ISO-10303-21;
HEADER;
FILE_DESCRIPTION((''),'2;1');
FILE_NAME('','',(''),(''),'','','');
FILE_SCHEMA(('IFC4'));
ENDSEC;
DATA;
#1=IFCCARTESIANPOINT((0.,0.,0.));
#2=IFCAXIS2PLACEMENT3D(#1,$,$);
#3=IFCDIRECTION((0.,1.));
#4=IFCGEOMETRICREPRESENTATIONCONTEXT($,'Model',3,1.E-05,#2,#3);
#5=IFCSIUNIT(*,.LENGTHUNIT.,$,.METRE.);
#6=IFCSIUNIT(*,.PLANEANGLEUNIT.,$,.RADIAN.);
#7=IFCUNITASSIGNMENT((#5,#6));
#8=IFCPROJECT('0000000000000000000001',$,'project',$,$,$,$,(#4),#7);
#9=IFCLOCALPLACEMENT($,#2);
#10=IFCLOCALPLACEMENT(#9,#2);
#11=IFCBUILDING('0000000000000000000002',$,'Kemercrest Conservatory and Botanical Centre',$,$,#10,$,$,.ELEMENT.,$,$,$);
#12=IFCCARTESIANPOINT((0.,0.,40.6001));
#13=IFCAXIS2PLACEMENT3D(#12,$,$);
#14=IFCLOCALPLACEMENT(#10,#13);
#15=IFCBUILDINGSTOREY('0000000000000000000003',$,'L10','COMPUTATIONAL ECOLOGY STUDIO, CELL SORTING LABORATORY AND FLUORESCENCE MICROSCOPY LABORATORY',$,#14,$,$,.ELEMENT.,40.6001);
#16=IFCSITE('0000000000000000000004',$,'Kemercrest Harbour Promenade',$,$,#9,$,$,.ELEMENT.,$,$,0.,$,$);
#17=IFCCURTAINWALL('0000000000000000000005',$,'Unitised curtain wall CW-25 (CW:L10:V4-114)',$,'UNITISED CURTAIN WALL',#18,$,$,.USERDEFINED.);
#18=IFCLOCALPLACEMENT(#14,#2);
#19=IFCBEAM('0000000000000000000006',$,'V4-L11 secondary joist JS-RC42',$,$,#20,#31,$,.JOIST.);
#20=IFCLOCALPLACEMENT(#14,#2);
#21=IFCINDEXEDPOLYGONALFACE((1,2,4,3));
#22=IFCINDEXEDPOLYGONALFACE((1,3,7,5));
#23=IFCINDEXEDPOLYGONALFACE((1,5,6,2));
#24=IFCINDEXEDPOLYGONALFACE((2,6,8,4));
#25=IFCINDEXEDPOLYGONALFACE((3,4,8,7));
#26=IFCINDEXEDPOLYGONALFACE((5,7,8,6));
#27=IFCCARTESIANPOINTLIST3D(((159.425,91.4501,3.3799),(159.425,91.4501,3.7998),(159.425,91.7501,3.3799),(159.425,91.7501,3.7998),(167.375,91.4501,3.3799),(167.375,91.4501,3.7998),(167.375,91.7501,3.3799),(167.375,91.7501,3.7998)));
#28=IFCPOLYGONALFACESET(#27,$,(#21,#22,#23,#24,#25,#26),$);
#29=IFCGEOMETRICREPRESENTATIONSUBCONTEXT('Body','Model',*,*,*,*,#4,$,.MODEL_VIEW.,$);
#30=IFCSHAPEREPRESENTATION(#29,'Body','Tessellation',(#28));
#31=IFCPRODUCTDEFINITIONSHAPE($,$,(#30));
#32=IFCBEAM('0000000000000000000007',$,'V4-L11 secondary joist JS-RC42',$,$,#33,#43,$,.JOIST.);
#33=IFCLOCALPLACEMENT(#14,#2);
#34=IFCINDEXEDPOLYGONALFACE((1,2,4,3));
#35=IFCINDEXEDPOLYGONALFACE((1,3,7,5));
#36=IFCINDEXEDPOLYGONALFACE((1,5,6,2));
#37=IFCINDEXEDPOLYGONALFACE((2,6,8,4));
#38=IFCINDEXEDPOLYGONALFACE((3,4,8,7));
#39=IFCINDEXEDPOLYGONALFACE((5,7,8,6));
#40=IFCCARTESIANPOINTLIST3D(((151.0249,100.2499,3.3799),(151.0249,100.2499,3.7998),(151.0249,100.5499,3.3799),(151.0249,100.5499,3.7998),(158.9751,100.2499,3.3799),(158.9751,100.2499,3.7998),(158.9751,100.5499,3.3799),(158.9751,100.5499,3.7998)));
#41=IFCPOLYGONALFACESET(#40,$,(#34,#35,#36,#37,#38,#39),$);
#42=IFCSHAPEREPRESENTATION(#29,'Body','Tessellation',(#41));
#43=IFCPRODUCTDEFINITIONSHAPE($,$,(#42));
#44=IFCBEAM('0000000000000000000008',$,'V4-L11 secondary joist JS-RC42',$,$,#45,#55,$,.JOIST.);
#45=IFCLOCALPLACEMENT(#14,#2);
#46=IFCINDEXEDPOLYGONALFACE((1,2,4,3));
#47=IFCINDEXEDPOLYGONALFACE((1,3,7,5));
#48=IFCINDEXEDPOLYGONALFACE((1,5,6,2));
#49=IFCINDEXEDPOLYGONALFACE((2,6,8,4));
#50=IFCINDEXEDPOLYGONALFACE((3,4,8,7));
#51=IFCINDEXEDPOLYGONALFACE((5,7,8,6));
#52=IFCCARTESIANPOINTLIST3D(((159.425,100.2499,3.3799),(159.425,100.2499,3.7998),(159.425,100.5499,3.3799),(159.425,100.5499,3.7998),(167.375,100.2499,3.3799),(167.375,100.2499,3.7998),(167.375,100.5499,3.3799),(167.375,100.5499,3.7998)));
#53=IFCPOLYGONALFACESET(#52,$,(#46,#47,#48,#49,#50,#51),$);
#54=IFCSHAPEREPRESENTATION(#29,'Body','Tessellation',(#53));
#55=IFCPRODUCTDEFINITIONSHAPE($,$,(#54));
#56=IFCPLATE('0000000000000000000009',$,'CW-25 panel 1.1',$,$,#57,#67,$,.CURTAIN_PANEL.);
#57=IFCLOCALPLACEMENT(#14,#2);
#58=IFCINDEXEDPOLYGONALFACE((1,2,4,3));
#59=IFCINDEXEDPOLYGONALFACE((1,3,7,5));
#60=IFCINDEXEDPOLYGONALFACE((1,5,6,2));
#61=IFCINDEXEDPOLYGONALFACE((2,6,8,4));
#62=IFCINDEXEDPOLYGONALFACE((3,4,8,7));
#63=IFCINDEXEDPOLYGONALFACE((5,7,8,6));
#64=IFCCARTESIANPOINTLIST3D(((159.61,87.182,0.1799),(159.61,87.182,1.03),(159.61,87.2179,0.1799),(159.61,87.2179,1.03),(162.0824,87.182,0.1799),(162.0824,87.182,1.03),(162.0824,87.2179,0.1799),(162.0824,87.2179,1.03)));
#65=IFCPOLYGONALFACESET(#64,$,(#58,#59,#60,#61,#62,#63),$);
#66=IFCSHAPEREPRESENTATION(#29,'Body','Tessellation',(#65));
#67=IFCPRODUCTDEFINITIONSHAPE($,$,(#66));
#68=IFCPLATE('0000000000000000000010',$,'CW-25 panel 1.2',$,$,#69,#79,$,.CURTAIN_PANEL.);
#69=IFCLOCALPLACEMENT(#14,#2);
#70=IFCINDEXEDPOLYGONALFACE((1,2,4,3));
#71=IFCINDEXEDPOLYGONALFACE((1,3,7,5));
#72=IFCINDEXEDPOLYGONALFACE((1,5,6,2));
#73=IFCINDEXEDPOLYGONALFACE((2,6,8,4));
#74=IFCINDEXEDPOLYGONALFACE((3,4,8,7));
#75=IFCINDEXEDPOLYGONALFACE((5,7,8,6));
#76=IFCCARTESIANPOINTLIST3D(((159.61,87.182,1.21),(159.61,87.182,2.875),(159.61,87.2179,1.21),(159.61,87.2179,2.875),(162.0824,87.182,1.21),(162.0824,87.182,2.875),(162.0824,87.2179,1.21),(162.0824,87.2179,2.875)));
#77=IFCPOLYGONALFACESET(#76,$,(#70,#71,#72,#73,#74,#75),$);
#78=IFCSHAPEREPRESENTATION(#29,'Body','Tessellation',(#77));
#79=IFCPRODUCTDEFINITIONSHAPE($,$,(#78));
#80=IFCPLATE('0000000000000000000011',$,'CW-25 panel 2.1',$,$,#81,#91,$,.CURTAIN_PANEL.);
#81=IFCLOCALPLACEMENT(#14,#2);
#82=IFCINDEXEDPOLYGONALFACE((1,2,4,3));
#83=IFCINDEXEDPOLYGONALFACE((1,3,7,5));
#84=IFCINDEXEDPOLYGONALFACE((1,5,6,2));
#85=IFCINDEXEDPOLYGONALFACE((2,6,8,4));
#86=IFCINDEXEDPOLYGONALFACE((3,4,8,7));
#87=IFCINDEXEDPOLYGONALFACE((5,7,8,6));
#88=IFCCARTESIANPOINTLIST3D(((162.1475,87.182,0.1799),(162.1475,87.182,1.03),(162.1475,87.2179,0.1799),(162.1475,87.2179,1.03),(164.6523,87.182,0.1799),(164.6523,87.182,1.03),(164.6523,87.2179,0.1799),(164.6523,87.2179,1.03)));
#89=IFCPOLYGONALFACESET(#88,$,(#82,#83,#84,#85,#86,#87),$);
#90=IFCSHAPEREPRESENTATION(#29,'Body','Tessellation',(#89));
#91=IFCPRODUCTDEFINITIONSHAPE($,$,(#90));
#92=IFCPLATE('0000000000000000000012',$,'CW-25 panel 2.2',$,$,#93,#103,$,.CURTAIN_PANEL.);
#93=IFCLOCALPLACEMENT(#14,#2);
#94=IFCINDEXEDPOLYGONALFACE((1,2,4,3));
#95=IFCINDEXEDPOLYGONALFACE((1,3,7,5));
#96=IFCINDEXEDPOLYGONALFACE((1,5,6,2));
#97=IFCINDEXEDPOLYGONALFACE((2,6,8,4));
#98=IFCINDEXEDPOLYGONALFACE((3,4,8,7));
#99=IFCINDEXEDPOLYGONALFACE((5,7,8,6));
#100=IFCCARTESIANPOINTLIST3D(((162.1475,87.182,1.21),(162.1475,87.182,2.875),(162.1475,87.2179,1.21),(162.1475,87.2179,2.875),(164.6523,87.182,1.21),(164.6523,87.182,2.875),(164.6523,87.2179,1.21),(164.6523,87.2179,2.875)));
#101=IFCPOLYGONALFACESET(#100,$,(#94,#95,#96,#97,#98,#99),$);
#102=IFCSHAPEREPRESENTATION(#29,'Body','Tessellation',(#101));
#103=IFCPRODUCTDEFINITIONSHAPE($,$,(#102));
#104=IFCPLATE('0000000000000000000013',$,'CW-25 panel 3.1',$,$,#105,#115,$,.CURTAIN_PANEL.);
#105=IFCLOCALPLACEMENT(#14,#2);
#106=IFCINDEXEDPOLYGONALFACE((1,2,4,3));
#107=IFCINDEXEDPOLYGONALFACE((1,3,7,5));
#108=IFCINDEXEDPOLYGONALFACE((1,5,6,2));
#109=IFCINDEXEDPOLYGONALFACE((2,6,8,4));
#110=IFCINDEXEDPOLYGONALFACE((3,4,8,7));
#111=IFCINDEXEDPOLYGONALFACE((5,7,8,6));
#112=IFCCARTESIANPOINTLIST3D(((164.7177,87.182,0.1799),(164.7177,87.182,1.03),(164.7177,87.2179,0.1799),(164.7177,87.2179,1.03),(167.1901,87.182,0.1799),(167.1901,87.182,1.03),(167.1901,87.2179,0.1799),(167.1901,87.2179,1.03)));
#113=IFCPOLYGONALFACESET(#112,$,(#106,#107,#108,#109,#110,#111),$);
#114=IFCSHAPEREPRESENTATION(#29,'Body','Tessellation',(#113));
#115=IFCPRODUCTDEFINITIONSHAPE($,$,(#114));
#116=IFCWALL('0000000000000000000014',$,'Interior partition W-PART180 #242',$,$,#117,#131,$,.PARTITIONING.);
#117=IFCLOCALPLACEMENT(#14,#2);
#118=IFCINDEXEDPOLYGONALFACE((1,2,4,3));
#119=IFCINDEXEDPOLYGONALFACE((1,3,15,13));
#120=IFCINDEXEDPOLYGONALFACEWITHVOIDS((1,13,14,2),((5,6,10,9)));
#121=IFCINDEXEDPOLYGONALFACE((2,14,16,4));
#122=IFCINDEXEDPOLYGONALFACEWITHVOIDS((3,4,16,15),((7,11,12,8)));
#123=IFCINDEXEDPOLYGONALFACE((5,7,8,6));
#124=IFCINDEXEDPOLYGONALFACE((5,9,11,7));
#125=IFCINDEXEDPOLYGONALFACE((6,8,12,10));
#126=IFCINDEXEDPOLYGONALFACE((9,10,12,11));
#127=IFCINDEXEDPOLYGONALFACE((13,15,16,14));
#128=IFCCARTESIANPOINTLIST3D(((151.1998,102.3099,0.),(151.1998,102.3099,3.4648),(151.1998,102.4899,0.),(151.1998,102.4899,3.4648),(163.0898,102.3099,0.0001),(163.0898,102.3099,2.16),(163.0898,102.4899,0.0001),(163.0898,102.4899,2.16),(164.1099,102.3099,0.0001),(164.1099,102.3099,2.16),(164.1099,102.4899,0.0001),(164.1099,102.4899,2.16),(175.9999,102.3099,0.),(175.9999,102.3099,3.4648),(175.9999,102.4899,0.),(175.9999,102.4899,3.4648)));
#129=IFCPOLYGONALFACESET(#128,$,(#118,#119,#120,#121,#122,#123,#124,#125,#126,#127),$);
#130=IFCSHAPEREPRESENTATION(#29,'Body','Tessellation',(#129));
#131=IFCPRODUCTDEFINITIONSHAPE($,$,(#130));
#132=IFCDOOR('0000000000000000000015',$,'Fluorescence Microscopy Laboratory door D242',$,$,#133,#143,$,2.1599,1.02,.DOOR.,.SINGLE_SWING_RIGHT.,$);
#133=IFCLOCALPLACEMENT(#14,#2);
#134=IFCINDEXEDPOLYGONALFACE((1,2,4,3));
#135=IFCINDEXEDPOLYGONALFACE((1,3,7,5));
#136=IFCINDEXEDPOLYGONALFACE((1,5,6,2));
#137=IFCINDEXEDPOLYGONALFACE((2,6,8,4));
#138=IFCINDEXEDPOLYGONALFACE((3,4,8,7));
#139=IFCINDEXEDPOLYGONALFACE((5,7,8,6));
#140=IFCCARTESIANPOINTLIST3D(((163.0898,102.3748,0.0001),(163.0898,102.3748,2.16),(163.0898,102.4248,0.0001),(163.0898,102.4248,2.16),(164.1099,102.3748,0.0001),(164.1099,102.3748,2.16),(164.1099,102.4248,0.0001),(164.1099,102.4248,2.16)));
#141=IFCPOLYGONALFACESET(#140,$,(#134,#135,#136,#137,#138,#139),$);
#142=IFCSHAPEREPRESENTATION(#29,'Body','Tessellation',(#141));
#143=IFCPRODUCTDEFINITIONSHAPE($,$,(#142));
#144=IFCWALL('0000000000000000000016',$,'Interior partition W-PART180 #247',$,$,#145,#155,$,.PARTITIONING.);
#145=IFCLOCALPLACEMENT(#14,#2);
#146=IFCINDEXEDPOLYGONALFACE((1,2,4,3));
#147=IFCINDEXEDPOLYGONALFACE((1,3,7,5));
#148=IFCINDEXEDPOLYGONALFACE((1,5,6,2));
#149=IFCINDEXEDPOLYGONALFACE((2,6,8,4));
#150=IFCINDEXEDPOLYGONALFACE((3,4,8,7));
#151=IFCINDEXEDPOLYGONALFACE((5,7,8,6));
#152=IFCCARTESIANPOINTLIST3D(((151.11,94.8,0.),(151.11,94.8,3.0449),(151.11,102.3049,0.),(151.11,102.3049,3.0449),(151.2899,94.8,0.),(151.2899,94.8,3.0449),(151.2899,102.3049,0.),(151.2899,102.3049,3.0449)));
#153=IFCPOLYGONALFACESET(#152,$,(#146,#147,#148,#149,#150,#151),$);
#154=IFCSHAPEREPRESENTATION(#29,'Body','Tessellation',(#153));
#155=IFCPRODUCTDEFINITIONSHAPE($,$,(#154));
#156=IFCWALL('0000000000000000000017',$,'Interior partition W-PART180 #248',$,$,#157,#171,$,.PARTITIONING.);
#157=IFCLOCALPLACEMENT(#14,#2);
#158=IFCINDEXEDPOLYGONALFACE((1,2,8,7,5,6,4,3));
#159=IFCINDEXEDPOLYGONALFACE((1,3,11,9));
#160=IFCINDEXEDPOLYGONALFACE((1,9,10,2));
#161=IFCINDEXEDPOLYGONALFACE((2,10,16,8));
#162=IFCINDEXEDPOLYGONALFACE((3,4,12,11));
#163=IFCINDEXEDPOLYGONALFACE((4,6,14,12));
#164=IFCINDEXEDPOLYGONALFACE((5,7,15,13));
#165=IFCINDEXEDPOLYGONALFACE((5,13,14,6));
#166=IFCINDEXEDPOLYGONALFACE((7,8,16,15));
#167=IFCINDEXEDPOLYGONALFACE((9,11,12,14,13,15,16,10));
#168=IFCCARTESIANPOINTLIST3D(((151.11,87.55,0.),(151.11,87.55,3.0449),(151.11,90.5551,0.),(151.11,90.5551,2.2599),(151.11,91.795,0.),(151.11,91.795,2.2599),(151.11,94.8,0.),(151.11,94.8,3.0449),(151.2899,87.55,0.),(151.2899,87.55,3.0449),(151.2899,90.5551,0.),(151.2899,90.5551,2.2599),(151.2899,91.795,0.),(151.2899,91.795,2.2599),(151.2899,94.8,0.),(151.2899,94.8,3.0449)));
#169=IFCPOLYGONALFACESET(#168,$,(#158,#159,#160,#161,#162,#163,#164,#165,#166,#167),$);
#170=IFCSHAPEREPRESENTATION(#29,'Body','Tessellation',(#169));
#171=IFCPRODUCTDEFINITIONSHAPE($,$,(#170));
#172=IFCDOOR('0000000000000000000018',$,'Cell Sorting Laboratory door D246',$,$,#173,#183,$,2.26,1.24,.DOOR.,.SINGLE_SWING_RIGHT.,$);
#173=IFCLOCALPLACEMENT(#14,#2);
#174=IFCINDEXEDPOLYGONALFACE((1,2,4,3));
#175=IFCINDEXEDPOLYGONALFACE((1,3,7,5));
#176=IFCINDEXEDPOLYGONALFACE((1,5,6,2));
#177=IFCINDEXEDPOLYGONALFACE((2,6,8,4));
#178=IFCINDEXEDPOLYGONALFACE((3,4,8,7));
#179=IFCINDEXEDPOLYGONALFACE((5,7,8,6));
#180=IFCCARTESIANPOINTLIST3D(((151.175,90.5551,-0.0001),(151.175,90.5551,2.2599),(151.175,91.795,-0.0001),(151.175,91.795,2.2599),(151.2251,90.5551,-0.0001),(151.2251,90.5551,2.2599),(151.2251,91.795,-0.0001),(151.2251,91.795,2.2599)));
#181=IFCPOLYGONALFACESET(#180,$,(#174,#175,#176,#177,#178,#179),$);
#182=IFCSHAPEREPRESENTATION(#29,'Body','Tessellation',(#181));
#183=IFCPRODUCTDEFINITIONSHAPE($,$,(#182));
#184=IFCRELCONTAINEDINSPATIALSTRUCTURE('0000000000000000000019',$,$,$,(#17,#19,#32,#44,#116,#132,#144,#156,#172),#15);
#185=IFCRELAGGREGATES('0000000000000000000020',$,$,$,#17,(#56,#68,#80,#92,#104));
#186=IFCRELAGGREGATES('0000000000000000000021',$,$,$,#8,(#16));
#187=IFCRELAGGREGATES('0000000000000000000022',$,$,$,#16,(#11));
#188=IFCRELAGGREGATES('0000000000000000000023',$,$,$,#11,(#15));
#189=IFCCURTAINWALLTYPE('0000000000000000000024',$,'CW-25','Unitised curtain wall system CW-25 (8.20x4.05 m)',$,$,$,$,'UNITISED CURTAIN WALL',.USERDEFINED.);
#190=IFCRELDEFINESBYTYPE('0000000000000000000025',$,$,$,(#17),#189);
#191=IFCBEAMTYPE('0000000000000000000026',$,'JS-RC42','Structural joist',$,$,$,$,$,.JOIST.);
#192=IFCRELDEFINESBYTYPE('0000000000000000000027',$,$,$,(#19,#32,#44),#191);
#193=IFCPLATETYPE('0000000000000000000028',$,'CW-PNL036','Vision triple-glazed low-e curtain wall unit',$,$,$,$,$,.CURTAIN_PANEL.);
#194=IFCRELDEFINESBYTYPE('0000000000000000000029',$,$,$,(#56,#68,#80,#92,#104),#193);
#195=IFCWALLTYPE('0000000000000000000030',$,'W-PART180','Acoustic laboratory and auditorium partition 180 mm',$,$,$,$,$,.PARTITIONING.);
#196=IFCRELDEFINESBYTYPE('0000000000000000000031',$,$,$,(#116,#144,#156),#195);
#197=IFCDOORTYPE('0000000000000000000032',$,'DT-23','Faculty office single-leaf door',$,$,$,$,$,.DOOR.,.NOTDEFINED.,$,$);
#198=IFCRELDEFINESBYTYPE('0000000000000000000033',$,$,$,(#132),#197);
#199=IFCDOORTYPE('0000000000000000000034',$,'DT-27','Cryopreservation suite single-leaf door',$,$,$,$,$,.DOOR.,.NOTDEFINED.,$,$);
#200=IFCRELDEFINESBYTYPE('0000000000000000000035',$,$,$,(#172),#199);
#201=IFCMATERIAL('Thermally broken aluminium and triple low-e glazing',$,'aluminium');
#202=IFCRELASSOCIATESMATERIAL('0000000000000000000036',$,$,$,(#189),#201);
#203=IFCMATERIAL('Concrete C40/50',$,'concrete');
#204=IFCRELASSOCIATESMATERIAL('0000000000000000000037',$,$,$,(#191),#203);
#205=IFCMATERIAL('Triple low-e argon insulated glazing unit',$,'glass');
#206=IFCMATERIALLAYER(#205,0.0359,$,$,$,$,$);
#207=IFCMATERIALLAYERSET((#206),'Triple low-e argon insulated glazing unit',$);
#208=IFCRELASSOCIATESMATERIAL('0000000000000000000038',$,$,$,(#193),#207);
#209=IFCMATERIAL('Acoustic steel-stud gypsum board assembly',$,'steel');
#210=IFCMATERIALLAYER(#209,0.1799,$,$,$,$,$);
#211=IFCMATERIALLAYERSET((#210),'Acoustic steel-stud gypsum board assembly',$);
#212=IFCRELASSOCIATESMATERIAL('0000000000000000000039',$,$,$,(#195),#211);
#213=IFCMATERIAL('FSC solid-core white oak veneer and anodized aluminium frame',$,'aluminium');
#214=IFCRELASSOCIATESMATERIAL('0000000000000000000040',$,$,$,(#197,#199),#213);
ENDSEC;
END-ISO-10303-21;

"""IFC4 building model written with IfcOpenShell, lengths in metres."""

from ifc_helpers import new_model, si_unit, direction, frame, frame_2d, origin, origin_2d, place, context, subcontext, project, spatial, rectangle, extrude, material, layer, layer_set, material_profile, profile_set, type_object, element, fill, aggregate, save


model = new_model("IFC4")

# Units and contexts
model_context = context("Model", 3, precision=1e-05, world=origin(), true_north=direction((0.0, 1.0)))
body_context = subcontext(model_context, "Body", "Model", "MODEL_VIEW")
ifc_project = project(units=[si_unit("LENGTHUNIT", "METRE"), si_unit("PLANEANGLEUNIT", "RADIAN")], contexts=[model_context])

# Site, building, storey
site_placement = place(None, origin())
site = spatial("IfcSite", under=ifc_project, at=site_placement, Name="Kemercrest Harbour Promenade", CompositionType="ELEMENT", RefElevation=0.0)
building_placement = place(site_placement, origin())
building = spatial("IfcBuilding", under=site, at=building_placement, Name="Kemercrest Conservatory and Botanical Centre", CompositionType="ELEMENT")
storey_placement = place(building_placement, frame((0.0, 0.0, 40.6001)))
storey = spatial("IfcBuildingStorey", under=building, at=storey_placement, Name="L10", Description="COMPUTATIONAL ECOLOGY STUDIO, CELL SORTING LABORATORY AND FLUORESCENCE MICROSCOPY LABORATORY", CompositionType="ELEMENT", Elevation=40.6001)

# Shared definitions
ifc_material_1 = material(Name="Concrete C40/50", Category="concrete")

# Curtain wall
ifc_material_2 = material(Name="Thermally broken aluminium and triple low-e glazing", Category="aluminium")
curtain_wall_type = type_object("IfcCurtainWallType", Name="CW-25", Description="Unitised curtain wall system CW-25 (8.20x4.05 m)", ElementType="UNITISED CURTAIN WALL", PredefinedType="USERDEFINED", material=ifc_material_2)
curtain_wall_placement = place(storey_placement, origin())
curtain_wall = element("IfcCurtainWall", 1, at=curtain_wall_placement, inside=storey, type_object=curtain_wall_type, Name="Unitised curtain wall CW-25 (CW:L10:V4-114)", ObjectType="UNITISED CURTAIN WALL", PredefinedType="USERDEFINED")

# Beams
ifc_material_profile_1 = material_profile(ifc_material_1, rectangle(XDim=0.3, YDim=0.4199, at=origin_2d()), Name="RC 300x420")
ifc_profile_set_1 = profile_set([ifc_material_profile_1], Name="Concrete C40/50")
beam_type_1 = type_object("IfcBeamType", Name="JS-RC42", Description="Structural joist", PredefinedType="JOIST", material=ifc_profile_set_1)
beam_1_placement = place(storey_placement, frame((159.425, 91.6001, 3.5898), z_axis=(1.0, 0.0, 0.0), x_axis=(0.0, 1.0, 0.0)))
element("IfcBeam", 2, at=beam_1_placement, inside=storey, type_object=beam_type_1, Name="V4-L11 secondary joist JS-RC42", PredefinedType="JOIST", context=body_context, shape_type="SweptSolid", body=[
    extrude(rectangle(XDim=0.3, YDim=0.4199, at=origin_2d()), origin(), (0.0, 0.0, 1.0), 7.95),
])
beam_2_placement = place(storey_placement, frame((151.0249, 100.3999, 3.5898), z_axis=(1.0, 0.0, 0.0), x_axis=(0.0, 1.0, 0.0)))
element("IfcBeam", 3, at=beam_2_placement, inside=storey, type_object=beam_type_1, Name="V4-L11 secondary joist JS-RC42", PredefinedType="JOIST", context=body_context, shape_type="SweptSolid", body=[
    extrude(rectangle(XDim=0.3, YDim=0.4199, at=origin_2d()), origin(), (0.0, 0.0, 1.0), 7.9502),
])
beam_3_placement = place(storey_placement, frame((159.425, 100.3999, 3.5898), z_axis=(1.0, 0.0, 0.0), x_axis=(0.0, 1.0, 0.0)))
element("IfcBeam", 4, at=beam_3_placement, inside=storey, type_object=beam_type_1, Name="V4-L11 secondary joist JS-RC42", PredefinedType="JOIST", context=body_context, shape_type="SweptSolid", body=[
    extrude(rectangle(XDim=0.3, YDim=0.4199, at=origin_2d()), origin(), (0.0, 0.0, 1.0), 7.95),
])

# Plates
ifc_material_3 = material(Name="Triple low-e argon insulated glazing unit", Category="glass")
ifc_layer_1 = layer(ifc_material_3, 0.0359)
ifc_layer_set_1 = layer_set([ifc_layer_1], Name="Triple low-e argon insulated glazing unit")
plate_type = type_object("IfcPlateType", Name="CW-PNL036", Description="Vision triple-glazed low-e curtain wall unit", PredefinedType="CURTAIN_PANEL", material=ifc_layer_set_1)
plate_1_placement = place(storey_placement, frame((160.8462, 87.2, 0.1799), z_axis=(0.0, 0.0, 1.0), x_axis=(1.0, 0.0, 0.0)))
plate_1 = element("IfcPlate", 5, at=plate_1_placement, type_object=plate_type, Name="CW-25 panel 1.1", PredefinedType="CURTAIN_PANEL", context=body_context, shape_type="SweptSolid", body=[
    extrude(rectangle(XDim=2.4724, YDim=0.0359, at=origin_2d()), origin(), (0.0, 0.0, 1.0), 0.8501),
])
plate_2_placement = place(storey_placement, frame((160.8462, 87.2, 1.21), z_axis=(0.0, 0.0, 1.0), x_axis=(1.0, 0.0, 0.0)))
plate_2 = element("IfcPlate", 6, at=plate_2_placement, type_object=plate_type, Name="CW-25 panel 1.2", PredefinedType="CURTAIN_PANEL", context=body_context, shape_type="SweptSolid", body=[
    extrude(rectangle(XDim=2.4724, YDim=0.0359, at=origin_2d()), origin(), (0.0, 0.0, 1.0), 1.665),
])
plate_3_placement = place(storey_placement, frame((163.3999, 87.2, 0.1799), z_axis=(0.0, 0.0, 1.0), x_axis=(1.0, 0.0, 0.0)))
plate_3 = element("IfcPlate", 7, at=plate_3_placement, type_object=plate_type, Name="CW-25 panel 2.1", PredefinedType="CURTAIN_PANEL", context=body_context, shape_type="SweptSolid", body=[
    extrude(rectangle(XDim=2.5049, YDim=0.0359, at=origin_2d()), origin(), (0.0, 0.0, 1.0), 0.8501),
])
plate_4_placement = place(storey_placement, frame((163.3999, 87.2, 1.21), z_axis=(0.0, 0.0, 1.0), x_axis=(1.0, 0.0, 0.0)))
plate_4 = element("IfcPlate", 8, at=plate_4_placement, type_object=plate_type, Name="CW-25 panel 2.2", PredefinedType="CURTAIN_PANEL", context=body_context, shape_type="SweptSolid", body=[
    extrude(rectangle(XDim=2.5049, YDim=0.0359, at=origin_2d()), origin(), (0.0, 0.0, 1.0), 1.665),
])
plate_5_placement = place(storey_placement, frame((165.9539, 87.2, 0.1799), z_axis=(0.0, 0.0, 1.0), x_axis=(1.0, 0.0, 0.0)))
plate_5 = element("IfcPlate", 9, at=plate_5_placement, type_object=plate_type, Name="CW-25 panel 3.1", PredefinedType="CURTAIN_PANEL", context=body_context, shape_type="SweptSolid", body=[
    extrude(rectangle(XDim=2.4724, YDim=0.0359, at=origin_2d()), origin(), (0.0, 0.0, 1.0), 0.8501),
])
aggregate(curtain_wall, [plate_1, plate_2, plate_3, plate_4, plate_5])

# Wall, opening, door
ifc_material_4 = material(Name="Acoustic steel-stud gypsum board assembly", Category="steel")
ifc_layer_2 = layer(ifc_material_4, 0.1799)
ifc_layer_set_2 = layer_set([ifc_layer_2], Name="Acoustic steel-stud gypsum board assembly")
wall_type = type_object("IfcWallType", Name="W-PART180", Description="Acoustic laboratory and auditorium partition 180 mm", PredefinedType="PARTITIONING", material=ifc_layer_set_2)
wall_1_placement = place(storey_placement, frame((151.2, 102.3999, 0.0), z_axis=(0.0, 0.0, 1.0), x_axis=(1.0, 0.0, 0.0)))
wall_1 = element("IfcWall", 10, at=wall_1_placement, inside=storey, type_object=wall_type, Name="Interior partition W-PART180 #242", PredefinedType="PARTITIONING", context=body_context, shape_type="SweptSolid", body=[
    extrude(rectangle(XDim=24.8, YDim=0.1799, at=frame_2d((12.3999, 0.0))), origin(), (0.0, 0.0, 1.0), 3.4648),
])
opening_1_placement = place(wall_1_placement, frame((11.8899, 0.0, 0.0)))
opening_1 = element("IfcOpeningElement", 11, at=opening_1_placement, cuts=wall_1, PredefinedType="OPENING", context=body_context, shape_type="SweptSolid", body=[
    extrude(rectangle(XDim=1.02, YDim=2.1599, at=frame_2d((0.51, 1.0801))), frame((0.0, 0.1001, 0.0), z_axis=(0.0, -1.0, 0.0), x_axis=(1.0, 0.0, 0.0)), (0.0, 0.0, 1.0), 0.2),
])
ifc_material_5 = material(Name="FSC solid-core white oak veneer and anodized aluminium frame", Category="aluminium")
door_type_1 = type_object("IfcDoorType", Name="DT-23", Description="Faculty office single-leaf door", OperationType="NOTDEFINED", PredefinedType="DOOR", material=ifc_material_5)
door_1_placement = place(opening_1_placement, origin())
door_1 = element("IfcDoor", 12, at=door_1_placement, inside=storey, type_object=door_type_1, Name="Fluorescence Microscopy Laboratory door D242", OperationType="SINGLE_SWING_RIGHT", OverallHeight=2.1599, OverallWidth=1.02, PredefinedType="DOOR", context=body_context, shape_type="SweptSolid", body=[
    extrude(rectangle(XDim=1.02, YDim=2.1599, at=frame_2d((0.51, 1.0801))), frame((0.0, 0.0249, 0.0), z_axis=(0.0, -1.0, 0.0), x_axis=(1.0, 0.0, 0.0)), (0.0, 0.0, 1.0), 0.05),
])
fill(opening_1, door_1)

# Wall
wall_2_placement = place(storey_placement, frame((151.2, 94.8, 0.0), z_axis=(0.0, 0.0, 1.0), x_axis=(0.0, 1.0, 0.0)))
element("IfcWall", 13, at=wall_2_placement, inside=storey, type_object=wall_type, Name="Interior partition W-PART180 #247", PredefinedType="PARTITIONING", context=body_context, shape_type="SweptSolid", body=[
    extrude(rectangle(XDim=7.5049, YDim=0.1799, at=frame_2d((3.7524, 0.0))), origin(), (0.0, 0.0, 1.0), 3.0449),
])

# Wall, opening, door
wall_3_placement = place(storey_placement, frame((151.2, 87.55, 0.0), z_axis=(0.0, 0.0, 1.0), x_axis=(0.0, 1.0, 0.0)))
wall_3 = element("IfcWall", 14, at=wall_3_placement, inside=storey, type_object=wall_type, Name="Interior partition W-PART180 #248", PredefinedType="PARTITIONING", context=body_context, shape_type="SweptSolid", body=[
    extrude(rectangle(XDim=7.25, YDim=0.1799, at=frame_2d((3.625, 0.0))), origin(), (0.0, 0.0, 1.0), 3.0449),
])
opening_2_placement = place(wall_3_placement, frame((3.0049, 0.0, 0.0)))
opening_2 = element("IfcOpeningElement", 15, at=opening_2_placement, cuts=wall_3, PredefinedType="OPENING", context=body_context, shape_type="SweptSolid", body=[
    extrude(rectangle(XDim=1.24, YDim=2.26, at=frame_2d((0.6201, 1.1299))), frame((0.0, 0.1001, 0.0), z_axis=(0.0, -1.0, 0.0), x_axis=(1.0, 0.0, 0.0)), (0.0, 0.0, 1.0), 0.2),
])
door_type_2 = type_object("IfcDoorType", Name="DT-27", Description="Cryopreservation suite single-leaf door", OperationType="NOTDEFINED", PredefinedType="DOOR", material=ifc_material_5)
door_2_placement = place(opening_2_placement, origin())
door_2 = element("IfcDoor", 16, at=door_2_placement, inside=storey, type_object=door_type_2, Name="Cell Sorting Laboratory door D246", OperationType="SINGLE_SWING_RIGHT", OverallHeight=2.26, OverallWidth=1.24, PredefinedType="DOOR", context=body_context, shape_type="SweptSolid", body=[
    extrude(rectangle(XDim=1.24, YDim=2.26, at=frame_2d((0.6201, 1.1299))), frame((0.0, 0.0249, 0.0), z_axis=(0.0, -1.0, 0.0), x_axis=(1.0, 0.0, 0.0)), (0.0, 0.0, 1.0), 0.05),
])
fill(opening_2, door_2)

save(model, "model.ifc")
